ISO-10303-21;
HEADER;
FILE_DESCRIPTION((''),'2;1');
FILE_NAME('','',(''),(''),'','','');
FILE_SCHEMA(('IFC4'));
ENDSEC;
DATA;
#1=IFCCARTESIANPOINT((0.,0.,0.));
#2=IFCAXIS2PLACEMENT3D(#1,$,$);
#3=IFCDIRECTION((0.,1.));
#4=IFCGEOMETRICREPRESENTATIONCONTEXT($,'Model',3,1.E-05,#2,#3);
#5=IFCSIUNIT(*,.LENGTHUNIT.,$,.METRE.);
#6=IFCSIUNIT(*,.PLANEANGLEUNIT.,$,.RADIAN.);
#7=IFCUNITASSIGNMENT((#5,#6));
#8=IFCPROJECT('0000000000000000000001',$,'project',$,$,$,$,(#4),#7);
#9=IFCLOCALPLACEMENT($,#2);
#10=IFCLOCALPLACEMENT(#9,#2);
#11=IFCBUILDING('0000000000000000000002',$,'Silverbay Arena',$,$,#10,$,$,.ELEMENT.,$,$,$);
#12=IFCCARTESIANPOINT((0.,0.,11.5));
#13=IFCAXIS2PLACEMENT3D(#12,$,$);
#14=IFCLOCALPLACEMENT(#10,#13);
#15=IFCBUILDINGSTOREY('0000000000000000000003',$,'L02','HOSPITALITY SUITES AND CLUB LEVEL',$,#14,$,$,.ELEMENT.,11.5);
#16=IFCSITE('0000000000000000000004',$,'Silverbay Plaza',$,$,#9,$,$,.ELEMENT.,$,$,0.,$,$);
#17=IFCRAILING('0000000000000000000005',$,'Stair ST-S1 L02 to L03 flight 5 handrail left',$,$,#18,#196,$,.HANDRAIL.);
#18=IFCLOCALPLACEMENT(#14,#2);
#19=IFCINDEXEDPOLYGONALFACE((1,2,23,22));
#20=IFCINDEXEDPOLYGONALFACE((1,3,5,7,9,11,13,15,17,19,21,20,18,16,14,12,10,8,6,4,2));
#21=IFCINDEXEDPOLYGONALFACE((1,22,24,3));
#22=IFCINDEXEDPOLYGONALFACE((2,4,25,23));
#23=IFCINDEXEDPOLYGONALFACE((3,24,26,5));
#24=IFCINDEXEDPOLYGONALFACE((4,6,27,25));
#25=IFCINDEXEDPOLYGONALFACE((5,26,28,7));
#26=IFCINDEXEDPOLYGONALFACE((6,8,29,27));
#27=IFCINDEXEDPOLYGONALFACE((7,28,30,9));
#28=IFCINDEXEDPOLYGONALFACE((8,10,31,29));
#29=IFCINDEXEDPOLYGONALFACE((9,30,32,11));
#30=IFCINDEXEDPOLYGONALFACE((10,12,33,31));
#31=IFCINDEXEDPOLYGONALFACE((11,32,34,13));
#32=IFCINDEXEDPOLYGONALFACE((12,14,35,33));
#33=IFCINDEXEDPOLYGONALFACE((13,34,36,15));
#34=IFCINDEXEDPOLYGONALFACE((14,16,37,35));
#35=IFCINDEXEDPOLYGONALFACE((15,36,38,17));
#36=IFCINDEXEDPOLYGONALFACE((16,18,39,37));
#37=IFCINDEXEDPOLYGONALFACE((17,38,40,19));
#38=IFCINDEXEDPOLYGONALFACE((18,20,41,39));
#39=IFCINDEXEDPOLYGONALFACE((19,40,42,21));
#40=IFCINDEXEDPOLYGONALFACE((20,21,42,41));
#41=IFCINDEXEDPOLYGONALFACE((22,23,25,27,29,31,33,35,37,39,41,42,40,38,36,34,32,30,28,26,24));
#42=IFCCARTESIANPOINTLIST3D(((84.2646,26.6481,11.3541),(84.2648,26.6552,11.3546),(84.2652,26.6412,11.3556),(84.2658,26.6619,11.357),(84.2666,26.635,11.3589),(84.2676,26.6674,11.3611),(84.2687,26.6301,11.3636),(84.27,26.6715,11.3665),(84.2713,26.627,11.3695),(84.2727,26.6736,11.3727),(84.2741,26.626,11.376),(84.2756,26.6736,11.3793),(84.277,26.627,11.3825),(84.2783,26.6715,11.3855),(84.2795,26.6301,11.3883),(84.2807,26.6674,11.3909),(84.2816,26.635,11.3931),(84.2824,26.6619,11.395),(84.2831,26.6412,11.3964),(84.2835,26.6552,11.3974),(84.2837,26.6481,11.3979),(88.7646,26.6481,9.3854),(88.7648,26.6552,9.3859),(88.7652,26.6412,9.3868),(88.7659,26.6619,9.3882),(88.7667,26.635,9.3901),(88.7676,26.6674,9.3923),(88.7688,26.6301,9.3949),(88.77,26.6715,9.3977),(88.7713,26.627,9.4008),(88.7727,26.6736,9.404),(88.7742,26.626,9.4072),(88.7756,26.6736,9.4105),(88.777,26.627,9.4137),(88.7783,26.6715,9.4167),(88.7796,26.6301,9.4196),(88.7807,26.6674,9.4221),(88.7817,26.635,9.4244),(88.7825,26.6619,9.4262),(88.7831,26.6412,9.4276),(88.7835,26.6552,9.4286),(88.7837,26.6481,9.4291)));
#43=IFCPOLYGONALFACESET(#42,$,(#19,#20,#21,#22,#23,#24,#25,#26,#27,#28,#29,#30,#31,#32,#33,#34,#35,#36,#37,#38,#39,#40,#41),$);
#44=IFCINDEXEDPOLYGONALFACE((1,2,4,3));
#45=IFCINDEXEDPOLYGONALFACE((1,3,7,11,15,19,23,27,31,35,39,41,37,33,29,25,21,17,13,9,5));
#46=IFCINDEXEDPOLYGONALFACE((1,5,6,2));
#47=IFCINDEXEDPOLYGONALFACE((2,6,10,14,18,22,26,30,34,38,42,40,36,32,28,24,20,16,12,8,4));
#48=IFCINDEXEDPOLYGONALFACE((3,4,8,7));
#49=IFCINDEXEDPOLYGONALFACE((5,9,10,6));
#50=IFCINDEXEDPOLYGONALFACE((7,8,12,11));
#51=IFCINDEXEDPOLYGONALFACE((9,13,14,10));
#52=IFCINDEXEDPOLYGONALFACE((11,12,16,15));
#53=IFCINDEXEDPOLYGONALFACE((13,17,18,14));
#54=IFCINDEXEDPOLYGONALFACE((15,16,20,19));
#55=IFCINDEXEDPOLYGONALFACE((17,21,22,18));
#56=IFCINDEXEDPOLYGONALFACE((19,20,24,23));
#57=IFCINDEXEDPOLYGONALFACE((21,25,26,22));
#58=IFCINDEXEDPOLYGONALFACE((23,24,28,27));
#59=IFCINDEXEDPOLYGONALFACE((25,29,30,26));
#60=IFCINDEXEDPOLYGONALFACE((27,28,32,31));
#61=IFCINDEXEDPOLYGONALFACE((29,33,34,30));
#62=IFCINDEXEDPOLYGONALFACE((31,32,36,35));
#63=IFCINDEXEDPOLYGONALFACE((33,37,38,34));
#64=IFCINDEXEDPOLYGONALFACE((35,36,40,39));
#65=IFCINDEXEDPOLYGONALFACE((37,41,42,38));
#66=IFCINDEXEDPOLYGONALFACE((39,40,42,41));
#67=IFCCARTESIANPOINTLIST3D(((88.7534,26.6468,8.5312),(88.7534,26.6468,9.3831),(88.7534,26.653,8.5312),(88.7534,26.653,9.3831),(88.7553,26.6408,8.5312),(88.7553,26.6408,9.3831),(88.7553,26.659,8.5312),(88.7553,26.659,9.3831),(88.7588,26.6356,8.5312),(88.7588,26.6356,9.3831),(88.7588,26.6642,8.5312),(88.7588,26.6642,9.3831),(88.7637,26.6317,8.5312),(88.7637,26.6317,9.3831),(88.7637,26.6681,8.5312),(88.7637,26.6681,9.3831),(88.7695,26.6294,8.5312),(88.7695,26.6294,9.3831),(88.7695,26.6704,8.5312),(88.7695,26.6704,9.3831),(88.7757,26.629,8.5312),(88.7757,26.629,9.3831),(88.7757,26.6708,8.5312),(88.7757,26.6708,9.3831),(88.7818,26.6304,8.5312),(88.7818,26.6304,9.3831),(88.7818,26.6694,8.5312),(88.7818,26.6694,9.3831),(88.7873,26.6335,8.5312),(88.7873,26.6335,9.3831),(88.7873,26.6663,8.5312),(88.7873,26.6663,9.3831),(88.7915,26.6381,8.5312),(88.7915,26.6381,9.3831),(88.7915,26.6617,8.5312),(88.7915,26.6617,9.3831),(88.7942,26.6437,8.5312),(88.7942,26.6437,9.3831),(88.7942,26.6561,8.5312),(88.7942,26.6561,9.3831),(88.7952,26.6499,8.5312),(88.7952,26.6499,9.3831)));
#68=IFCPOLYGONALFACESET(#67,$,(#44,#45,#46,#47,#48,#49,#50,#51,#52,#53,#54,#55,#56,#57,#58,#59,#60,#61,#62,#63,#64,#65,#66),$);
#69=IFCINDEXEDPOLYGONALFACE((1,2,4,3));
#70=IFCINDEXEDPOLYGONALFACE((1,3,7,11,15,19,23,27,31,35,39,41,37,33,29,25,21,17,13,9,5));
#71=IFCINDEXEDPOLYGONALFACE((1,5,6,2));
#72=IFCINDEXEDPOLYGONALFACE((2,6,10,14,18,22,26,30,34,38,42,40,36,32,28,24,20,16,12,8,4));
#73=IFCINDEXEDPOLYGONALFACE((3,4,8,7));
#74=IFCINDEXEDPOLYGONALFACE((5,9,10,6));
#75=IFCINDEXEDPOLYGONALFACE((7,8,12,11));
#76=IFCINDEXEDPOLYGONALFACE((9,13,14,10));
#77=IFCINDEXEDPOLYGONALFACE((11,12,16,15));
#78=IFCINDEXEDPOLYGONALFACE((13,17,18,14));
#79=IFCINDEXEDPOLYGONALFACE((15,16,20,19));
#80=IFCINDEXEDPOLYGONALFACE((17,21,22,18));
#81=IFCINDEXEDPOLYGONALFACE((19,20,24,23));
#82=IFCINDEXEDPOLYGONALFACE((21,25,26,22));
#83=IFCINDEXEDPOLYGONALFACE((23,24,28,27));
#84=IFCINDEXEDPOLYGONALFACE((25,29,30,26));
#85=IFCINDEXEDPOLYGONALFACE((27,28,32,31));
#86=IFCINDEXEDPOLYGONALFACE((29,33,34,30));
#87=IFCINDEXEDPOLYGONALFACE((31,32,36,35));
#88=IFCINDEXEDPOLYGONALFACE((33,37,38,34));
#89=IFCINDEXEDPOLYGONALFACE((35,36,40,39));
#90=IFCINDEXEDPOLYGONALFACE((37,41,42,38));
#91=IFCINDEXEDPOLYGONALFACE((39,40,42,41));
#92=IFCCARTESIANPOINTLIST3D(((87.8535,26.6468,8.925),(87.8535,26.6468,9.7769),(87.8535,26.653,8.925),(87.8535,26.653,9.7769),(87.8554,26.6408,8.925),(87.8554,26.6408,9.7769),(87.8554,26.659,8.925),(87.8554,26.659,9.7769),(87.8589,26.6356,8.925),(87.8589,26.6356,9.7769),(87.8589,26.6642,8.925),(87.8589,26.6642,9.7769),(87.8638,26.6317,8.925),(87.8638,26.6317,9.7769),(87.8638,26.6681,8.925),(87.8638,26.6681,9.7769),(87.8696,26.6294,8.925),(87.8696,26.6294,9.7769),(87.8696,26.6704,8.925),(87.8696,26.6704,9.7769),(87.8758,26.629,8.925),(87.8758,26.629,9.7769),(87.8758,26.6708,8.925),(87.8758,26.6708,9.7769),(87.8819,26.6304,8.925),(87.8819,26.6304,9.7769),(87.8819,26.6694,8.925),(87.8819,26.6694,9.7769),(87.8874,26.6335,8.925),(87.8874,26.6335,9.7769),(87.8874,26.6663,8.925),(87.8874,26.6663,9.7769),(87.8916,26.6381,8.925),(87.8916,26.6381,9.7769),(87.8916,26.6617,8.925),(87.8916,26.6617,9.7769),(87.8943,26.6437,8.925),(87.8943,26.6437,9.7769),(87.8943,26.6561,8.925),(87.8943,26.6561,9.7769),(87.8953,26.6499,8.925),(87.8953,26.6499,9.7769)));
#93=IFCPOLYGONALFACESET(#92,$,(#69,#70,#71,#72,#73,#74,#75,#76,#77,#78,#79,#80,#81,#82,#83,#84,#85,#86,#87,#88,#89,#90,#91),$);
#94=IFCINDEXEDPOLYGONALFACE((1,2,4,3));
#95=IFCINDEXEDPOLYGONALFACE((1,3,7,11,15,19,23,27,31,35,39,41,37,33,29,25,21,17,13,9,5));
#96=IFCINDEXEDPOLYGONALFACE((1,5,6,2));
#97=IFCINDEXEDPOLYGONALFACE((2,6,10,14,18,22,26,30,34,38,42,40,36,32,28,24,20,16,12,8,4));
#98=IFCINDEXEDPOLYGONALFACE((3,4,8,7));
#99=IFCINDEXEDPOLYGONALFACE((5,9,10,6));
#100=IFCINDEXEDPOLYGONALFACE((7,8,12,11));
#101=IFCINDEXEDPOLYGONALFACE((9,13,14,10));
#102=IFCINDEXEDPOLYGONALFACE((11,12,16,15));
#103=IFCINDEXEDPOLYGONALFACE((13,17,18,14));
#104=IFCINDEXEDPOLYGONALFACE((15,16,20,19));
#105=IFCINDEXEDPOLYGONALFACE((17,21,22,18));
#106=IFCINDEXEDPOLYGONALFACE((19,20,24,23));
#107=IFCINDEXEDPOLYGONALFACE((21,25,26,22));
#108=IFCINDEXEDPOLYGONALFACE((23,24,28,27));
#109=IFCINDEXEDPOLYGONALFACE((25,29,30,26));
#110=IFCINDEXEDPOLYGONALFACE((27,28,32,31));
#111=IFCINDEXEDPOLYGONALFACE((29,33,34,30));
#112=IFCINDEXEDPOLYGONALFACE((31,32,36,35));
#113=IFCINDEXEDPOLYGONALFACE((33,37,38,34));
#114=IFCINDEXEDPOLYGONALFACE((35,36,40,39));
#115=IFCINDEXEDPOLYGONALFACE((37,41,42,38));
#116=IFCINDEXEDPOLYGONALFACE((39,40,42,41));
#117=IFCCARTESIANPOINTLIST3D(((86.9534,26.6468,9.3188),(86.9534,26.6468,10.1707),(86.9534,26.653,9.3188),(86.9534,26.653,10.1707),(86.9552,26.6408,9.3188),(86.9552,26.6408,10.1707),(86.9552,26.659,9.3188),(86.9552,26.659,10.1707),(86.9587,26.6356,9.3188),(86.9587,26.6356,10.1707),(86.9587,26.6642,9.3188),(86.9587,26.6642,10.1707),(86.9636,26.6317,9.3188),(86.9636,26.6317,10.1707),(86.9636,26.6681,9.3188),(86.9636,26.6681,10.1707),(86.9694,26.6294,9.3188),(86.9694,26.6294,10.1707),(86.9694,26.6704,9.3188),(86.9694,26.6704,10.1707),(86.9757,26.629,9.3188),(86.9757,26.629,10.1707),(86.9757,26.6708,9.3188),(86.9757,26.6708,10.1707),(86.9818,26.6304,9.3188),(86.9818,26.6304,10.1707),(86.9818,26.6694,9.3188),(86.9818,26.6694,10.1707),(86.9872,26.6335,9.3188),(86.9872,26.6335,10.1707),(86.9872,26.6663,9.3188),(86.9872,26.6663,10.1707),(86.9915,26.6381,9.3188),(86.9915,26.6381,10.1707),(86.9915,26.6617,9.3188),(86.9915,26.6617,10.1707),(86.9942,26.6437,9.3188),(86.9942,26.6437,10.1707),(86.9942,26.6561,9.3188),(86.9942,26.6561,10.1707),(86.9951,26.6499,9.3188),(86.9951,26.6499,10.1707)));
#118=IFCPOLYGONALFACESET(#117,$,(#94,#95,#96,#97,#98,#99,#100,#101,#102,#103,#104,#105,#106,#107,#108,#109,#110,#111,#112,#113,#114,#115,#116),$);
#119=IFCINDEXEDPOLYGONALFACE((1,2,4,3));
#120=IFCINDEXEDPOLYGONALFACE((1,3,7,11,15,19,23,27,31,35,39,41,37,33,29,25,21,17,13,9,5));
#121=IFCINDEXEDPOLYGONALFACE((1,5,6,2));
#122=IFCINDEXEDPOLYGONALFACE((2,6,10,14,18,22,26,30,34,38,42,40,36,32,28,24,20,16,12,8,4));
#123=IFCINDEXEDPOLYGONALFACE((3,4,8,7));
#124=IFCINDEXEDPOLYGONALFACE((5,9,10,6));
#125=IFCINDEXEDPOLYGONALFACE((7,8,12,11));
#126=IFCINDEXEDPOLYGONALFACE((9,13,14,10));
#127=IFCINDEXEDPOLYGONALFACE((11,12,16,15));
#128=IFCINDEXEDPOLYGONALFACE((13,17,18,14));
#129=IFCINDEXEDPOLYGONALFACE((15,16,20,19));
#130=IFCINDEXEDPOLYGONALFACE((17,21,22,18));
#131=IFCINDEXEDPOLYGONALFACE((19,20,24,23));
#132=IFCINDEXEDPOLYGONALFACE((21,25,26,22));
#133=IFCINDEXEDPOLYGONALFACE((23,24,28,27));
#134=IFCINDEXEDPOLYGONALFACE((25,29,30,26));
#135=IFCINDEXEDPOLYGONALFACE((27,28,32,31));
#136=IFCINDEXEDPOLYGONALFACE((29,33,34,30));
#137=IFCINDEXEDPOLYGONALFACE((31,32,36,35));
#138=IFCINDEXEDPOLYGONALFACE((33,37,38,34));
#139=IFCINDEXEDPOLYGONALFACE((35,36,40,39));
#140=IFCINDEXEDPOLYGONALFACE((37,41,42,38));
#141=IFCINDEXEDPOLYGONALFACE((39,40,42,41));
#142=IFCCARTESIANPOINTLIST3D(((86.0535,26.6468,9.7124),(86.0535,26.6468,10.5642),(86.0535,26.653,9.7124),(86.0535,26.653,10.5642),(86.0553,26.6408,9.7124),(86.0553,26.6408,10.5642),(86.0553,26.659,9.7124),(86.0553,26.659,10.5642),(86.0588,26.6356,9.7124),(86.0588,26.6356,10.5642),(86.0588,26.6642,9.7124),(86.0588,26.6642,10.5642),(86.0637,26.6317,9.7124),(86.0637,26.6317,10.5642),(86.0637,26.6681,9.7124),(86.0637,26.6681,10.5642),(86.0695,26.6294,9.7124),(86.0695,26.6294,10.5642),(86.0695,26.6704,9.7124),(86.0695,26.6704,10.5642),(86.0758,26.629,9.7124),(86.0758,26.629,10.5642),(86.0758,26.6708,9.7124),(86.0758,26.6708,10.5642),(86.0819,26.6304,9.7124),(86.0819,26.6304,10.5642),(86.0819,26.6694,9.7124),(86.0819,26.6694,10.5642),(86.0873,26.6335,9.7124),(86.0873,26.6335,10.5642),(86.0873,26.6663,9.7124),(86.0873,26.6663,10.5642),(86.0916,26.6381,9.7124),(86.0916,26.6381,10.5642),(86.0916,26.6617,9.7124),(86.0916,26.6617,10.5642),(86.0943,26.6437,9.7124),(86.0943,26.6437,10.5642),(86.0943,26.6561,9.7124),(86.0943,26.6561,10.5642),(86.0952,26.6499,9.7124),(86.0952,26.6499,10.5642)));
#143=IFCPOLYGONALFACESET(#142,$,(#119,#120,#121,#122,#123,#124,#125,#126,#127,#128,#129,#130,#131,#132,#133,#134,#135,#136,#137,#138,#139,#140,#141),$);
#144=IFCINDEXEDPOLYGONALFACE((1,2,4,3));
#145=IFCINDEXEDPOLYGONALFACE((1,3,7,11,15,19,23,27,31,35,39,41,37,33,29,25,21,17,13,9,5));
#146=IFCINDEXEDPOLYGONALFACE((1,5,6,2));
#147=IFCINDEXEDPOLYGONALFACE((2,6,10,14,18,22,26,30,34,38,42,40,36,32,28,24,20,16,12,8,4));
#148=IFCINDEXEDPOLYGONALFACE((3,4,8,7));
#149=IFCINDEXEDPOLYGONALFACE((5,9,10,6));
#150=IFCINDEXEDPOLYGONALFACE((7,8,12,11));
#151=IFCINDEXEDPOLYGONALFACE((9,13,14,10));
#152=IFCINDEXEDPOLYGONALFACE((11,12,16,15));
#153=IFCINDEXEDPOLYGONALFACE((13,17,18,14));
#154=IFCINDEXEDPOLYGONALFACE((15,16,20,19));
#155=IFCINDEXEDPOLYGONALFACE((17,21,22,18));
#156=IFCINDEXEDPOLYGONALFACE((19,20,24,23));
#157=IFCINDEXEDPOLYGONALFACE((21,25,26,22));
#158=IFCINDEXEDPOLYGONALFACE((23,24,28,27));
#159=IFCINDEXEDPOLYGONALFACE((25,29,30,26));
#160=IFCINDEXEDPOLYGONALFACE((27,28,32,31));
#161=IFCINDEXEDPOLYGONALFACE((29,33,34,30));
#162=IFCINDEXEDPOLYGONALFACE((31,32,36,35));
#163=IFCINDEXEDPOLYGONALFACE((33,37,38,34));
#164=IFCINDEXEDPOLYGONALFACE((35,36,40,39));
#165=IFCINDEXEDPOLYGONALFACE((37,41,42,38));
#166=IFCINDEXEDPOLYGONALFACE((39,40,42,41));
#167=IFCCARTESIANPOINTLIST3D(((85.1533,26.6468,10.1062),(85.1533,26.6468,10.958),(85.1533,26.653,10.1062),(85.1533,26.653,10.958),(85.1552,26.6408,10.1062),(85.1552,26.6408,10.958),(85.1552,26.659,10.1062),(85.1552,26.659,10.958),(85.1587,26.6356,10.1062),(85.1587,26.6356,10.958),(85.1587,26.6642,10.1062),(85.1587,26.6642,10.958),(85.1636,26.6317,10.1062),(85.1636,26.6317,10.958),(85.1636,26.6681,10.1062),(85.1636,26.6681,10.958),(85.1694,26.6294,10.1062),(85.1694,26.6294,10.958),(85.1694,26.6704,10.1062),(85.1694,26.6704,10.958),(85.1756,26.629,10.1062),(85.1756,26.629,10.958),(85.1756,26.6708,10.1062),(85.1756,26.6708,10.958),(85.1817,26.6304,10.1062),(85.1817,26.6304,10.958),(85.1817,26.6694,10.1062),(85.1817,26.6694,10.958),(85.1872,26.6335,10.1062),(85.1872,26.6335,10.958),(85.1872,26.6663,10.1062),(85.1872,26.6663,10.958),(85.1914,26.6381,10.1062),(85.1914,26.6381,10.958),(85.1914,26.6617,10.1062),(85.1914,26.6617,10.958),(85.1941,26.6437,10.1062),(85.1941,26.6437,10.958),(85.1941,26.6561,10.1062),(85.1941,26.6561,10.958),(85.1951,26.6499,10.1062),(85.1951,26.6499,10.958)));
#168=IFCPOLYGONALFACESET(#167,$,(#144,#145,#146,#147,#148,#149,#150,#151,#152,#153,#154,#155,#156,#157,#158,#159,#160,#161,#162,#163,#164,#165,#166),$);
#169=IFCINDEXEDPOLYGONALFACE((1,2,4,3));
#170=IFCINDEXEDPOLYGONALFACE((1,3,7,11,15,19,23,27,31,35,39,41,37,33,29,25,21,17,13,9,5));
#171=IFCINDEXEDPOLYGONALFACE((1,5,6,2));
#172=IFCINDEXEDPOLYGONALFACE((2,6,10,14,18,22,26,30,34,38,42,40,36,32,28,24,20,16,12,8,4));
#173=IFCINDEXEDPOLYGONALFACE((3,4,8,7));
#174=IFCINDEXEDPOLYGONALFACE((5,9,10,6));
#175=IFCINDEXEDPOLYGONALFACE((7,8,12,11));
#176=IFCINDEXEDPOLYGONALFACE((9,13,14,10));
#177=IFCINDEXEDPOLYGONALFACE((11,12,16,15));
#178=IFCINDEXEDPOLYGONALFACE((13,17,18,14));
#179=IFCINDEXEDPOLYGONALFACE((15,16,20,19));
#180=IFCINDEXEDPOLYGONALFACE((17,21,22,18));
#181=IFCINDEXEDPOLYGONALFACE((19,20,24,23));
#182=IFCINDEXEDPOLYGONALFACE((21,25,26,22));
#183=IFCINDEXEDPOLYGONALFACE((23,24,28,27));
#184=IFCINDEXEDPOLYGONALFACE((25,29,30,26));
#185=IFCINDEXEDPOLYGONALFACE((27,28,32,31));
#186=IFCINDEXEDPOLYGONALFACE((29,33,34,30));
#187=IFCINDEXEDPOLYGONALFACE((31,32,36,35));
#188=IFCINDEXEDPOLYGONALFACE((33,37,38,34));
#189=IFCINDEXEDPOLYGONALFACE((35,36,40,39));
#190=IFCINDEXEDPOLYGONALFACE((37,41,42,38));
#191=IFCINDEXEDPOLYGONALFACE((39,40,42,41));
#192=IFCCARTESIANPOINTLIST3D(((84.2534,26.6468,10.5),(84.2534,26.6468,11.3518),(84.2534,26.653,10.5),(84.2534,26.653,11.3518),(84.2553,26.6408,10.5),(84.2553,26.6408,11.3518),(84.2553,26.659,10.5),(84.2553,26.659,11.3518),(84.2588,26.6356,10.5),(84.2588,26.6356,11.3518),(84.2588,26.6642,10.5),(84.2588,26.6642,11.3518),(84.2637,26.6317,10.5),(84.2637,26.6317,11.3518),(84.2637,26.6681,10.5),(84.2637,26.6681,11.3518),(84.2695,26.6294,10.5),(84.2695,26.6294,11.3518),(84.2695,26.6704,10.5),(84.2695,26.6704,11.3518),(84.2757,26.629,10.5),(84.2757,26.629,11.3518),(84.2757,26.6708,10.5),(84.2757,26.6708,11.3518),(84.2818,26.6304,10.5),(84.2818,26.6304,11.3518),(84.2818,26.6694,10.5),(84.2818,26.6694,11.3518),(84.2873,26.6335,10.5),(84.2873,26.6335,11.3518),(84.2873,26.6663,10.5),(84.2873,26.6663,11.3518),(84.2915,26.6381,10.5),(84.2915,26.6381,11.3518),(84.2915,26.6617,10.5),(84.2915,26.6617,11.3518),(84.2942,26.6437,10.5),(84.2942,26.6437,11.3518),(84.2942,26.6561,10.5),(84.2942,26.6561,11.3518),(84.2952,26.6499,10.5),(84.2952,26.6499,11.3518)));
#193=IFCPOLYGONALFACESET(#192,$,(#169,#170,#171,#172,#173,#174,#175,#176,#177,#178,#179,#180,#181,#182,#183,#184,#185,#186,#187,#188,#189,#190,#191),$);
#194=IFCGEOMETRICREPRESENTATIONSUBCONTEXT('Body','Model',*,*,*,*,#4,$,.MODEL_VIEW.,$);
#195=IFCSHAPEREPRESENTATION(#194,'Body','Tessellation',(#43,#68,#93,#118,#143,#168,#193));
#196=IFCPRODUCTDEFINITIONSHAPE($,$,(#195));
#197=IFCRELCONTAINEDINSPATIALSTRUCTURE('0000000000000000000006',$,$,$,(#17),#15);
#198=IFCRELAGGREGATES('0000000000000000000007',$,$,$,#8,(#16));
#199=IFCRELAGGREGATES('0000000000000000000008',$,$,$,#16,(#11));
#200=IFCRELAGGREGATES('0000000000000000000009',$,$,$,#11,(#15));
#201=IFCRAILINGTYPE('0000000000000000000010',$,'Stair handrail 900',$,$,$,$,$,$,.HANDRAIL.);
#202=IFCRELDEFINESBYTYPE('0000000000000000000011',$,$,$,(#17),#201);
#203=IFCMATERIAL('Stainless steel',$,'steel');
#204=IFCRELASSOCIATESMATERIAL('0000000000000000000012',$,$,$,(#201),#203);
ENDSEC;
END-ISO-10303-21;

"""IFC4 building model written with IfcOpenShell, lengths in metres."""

from ifc_helpers import new_model, si_unit, direction, frame, origin, origin_2d, place, context, subcontext, project, spatial, circle, extrude, material, type_object, element, save


model = new_model("IFC4")

# Units and contexts
model_context = context("Model", 3, precision=1e-05, world=origin(), true_north=direction((0.0, 1.0)))
body_context = subcontext(model_context, "Body", "Model", "MODEL_VIEW")
ifc_project = project(units=[si_unit("LENGTHUNIT", "METRE"), si_unit("PLANEANGLEUNIT", "RADIAN")], contexts=[model_context])

# Site, building, storey
site_placement = place(None, origin())
site = spatial("IfcSite", under=ifc_project, at=site_placement, Name="Silverbay Plaza", CompositionType="ELEMENT", RefElevation=0.0)
building_placement = place(site_placement, origin())
building = spatial("IfcBuilding", under=site, at=building_placement, Name="Silverbay Arena", CompositionType="ELEMENT")
storey_placement = place(building_placement, frame((0.0, 0.0, 11.5)))
storey = spatial("IfcBuildingStorey", under=building, at=storey_placement, Name="L02", Description="HOSPITALITY SUITES AND CLUB LEVEL", CompositionType="ELEMENT", Elevation=11.5)

# Railing
ifc_material_1 = material(Name="Stainless steel", Category="steel")
railing_type_1 = type_object("IfcRailingType", Name="Stair handrail 900", PredefinedType="HANDRAIL", material=ifc_material_1)
for number, where, name in (
    (1, (88.7742, 26.6499, 8.5312), "Stair ST-S1 L02 to L03 flight 5 handrail left"),
):
    element("IfcRailing", number, at=place(storey_placement, frame(where)), inside=storey, type_object=railing_type_1, Name=name, PredefinedType="HANDRAIL", context=body_context, shape_type="SweptSolid", body=[
        extrude(circle(Radius=0.0239, at=origin_2d()), frame((0.0, 0.0, 0.876), z_axis=(-0.916157, 0.0, 0.400819), x_axis=(0.0, -1.0, 0.0)), (0.0, 0.0, 1.0), 4.9119),
        extrude(circle(Radius=0.021, at=origin_2d()), origin(), (0.0, 0.0, 1.0), 0.8518),
        extrude(circle(Radius=0.021, at=origin_2d()), frame((-0.8999, 0.0, 0.3938)), (0.0, 0.0, 1.0), 0.8518),
        extrude(circle(Radius=0.021, at=origin_2d()), frame((-1.8, 0.0, 0.7876)), (0.0, 0.0, 1.0), 0.8518),
        extrude(circle(Radius=0.021, at=origin_2d()), frame((-2.7, 0.0, 1.1812)), (0.0, 0.0, 1.0), 0.8518),
        extrude(circle(Radius=0.021, at=origin_2d()), frame((-3.6001, 0.0, 1.575)), (0.0, 0.0, 1.0), 0.8518),
        extrude(circle(Radius=0.021, at=origin_2d()), frame((-4.5, 0.0, 1.9688)), (0.0, 0.0, 1.0), 0.8518),
    ])

save(model, "model.ifc")
